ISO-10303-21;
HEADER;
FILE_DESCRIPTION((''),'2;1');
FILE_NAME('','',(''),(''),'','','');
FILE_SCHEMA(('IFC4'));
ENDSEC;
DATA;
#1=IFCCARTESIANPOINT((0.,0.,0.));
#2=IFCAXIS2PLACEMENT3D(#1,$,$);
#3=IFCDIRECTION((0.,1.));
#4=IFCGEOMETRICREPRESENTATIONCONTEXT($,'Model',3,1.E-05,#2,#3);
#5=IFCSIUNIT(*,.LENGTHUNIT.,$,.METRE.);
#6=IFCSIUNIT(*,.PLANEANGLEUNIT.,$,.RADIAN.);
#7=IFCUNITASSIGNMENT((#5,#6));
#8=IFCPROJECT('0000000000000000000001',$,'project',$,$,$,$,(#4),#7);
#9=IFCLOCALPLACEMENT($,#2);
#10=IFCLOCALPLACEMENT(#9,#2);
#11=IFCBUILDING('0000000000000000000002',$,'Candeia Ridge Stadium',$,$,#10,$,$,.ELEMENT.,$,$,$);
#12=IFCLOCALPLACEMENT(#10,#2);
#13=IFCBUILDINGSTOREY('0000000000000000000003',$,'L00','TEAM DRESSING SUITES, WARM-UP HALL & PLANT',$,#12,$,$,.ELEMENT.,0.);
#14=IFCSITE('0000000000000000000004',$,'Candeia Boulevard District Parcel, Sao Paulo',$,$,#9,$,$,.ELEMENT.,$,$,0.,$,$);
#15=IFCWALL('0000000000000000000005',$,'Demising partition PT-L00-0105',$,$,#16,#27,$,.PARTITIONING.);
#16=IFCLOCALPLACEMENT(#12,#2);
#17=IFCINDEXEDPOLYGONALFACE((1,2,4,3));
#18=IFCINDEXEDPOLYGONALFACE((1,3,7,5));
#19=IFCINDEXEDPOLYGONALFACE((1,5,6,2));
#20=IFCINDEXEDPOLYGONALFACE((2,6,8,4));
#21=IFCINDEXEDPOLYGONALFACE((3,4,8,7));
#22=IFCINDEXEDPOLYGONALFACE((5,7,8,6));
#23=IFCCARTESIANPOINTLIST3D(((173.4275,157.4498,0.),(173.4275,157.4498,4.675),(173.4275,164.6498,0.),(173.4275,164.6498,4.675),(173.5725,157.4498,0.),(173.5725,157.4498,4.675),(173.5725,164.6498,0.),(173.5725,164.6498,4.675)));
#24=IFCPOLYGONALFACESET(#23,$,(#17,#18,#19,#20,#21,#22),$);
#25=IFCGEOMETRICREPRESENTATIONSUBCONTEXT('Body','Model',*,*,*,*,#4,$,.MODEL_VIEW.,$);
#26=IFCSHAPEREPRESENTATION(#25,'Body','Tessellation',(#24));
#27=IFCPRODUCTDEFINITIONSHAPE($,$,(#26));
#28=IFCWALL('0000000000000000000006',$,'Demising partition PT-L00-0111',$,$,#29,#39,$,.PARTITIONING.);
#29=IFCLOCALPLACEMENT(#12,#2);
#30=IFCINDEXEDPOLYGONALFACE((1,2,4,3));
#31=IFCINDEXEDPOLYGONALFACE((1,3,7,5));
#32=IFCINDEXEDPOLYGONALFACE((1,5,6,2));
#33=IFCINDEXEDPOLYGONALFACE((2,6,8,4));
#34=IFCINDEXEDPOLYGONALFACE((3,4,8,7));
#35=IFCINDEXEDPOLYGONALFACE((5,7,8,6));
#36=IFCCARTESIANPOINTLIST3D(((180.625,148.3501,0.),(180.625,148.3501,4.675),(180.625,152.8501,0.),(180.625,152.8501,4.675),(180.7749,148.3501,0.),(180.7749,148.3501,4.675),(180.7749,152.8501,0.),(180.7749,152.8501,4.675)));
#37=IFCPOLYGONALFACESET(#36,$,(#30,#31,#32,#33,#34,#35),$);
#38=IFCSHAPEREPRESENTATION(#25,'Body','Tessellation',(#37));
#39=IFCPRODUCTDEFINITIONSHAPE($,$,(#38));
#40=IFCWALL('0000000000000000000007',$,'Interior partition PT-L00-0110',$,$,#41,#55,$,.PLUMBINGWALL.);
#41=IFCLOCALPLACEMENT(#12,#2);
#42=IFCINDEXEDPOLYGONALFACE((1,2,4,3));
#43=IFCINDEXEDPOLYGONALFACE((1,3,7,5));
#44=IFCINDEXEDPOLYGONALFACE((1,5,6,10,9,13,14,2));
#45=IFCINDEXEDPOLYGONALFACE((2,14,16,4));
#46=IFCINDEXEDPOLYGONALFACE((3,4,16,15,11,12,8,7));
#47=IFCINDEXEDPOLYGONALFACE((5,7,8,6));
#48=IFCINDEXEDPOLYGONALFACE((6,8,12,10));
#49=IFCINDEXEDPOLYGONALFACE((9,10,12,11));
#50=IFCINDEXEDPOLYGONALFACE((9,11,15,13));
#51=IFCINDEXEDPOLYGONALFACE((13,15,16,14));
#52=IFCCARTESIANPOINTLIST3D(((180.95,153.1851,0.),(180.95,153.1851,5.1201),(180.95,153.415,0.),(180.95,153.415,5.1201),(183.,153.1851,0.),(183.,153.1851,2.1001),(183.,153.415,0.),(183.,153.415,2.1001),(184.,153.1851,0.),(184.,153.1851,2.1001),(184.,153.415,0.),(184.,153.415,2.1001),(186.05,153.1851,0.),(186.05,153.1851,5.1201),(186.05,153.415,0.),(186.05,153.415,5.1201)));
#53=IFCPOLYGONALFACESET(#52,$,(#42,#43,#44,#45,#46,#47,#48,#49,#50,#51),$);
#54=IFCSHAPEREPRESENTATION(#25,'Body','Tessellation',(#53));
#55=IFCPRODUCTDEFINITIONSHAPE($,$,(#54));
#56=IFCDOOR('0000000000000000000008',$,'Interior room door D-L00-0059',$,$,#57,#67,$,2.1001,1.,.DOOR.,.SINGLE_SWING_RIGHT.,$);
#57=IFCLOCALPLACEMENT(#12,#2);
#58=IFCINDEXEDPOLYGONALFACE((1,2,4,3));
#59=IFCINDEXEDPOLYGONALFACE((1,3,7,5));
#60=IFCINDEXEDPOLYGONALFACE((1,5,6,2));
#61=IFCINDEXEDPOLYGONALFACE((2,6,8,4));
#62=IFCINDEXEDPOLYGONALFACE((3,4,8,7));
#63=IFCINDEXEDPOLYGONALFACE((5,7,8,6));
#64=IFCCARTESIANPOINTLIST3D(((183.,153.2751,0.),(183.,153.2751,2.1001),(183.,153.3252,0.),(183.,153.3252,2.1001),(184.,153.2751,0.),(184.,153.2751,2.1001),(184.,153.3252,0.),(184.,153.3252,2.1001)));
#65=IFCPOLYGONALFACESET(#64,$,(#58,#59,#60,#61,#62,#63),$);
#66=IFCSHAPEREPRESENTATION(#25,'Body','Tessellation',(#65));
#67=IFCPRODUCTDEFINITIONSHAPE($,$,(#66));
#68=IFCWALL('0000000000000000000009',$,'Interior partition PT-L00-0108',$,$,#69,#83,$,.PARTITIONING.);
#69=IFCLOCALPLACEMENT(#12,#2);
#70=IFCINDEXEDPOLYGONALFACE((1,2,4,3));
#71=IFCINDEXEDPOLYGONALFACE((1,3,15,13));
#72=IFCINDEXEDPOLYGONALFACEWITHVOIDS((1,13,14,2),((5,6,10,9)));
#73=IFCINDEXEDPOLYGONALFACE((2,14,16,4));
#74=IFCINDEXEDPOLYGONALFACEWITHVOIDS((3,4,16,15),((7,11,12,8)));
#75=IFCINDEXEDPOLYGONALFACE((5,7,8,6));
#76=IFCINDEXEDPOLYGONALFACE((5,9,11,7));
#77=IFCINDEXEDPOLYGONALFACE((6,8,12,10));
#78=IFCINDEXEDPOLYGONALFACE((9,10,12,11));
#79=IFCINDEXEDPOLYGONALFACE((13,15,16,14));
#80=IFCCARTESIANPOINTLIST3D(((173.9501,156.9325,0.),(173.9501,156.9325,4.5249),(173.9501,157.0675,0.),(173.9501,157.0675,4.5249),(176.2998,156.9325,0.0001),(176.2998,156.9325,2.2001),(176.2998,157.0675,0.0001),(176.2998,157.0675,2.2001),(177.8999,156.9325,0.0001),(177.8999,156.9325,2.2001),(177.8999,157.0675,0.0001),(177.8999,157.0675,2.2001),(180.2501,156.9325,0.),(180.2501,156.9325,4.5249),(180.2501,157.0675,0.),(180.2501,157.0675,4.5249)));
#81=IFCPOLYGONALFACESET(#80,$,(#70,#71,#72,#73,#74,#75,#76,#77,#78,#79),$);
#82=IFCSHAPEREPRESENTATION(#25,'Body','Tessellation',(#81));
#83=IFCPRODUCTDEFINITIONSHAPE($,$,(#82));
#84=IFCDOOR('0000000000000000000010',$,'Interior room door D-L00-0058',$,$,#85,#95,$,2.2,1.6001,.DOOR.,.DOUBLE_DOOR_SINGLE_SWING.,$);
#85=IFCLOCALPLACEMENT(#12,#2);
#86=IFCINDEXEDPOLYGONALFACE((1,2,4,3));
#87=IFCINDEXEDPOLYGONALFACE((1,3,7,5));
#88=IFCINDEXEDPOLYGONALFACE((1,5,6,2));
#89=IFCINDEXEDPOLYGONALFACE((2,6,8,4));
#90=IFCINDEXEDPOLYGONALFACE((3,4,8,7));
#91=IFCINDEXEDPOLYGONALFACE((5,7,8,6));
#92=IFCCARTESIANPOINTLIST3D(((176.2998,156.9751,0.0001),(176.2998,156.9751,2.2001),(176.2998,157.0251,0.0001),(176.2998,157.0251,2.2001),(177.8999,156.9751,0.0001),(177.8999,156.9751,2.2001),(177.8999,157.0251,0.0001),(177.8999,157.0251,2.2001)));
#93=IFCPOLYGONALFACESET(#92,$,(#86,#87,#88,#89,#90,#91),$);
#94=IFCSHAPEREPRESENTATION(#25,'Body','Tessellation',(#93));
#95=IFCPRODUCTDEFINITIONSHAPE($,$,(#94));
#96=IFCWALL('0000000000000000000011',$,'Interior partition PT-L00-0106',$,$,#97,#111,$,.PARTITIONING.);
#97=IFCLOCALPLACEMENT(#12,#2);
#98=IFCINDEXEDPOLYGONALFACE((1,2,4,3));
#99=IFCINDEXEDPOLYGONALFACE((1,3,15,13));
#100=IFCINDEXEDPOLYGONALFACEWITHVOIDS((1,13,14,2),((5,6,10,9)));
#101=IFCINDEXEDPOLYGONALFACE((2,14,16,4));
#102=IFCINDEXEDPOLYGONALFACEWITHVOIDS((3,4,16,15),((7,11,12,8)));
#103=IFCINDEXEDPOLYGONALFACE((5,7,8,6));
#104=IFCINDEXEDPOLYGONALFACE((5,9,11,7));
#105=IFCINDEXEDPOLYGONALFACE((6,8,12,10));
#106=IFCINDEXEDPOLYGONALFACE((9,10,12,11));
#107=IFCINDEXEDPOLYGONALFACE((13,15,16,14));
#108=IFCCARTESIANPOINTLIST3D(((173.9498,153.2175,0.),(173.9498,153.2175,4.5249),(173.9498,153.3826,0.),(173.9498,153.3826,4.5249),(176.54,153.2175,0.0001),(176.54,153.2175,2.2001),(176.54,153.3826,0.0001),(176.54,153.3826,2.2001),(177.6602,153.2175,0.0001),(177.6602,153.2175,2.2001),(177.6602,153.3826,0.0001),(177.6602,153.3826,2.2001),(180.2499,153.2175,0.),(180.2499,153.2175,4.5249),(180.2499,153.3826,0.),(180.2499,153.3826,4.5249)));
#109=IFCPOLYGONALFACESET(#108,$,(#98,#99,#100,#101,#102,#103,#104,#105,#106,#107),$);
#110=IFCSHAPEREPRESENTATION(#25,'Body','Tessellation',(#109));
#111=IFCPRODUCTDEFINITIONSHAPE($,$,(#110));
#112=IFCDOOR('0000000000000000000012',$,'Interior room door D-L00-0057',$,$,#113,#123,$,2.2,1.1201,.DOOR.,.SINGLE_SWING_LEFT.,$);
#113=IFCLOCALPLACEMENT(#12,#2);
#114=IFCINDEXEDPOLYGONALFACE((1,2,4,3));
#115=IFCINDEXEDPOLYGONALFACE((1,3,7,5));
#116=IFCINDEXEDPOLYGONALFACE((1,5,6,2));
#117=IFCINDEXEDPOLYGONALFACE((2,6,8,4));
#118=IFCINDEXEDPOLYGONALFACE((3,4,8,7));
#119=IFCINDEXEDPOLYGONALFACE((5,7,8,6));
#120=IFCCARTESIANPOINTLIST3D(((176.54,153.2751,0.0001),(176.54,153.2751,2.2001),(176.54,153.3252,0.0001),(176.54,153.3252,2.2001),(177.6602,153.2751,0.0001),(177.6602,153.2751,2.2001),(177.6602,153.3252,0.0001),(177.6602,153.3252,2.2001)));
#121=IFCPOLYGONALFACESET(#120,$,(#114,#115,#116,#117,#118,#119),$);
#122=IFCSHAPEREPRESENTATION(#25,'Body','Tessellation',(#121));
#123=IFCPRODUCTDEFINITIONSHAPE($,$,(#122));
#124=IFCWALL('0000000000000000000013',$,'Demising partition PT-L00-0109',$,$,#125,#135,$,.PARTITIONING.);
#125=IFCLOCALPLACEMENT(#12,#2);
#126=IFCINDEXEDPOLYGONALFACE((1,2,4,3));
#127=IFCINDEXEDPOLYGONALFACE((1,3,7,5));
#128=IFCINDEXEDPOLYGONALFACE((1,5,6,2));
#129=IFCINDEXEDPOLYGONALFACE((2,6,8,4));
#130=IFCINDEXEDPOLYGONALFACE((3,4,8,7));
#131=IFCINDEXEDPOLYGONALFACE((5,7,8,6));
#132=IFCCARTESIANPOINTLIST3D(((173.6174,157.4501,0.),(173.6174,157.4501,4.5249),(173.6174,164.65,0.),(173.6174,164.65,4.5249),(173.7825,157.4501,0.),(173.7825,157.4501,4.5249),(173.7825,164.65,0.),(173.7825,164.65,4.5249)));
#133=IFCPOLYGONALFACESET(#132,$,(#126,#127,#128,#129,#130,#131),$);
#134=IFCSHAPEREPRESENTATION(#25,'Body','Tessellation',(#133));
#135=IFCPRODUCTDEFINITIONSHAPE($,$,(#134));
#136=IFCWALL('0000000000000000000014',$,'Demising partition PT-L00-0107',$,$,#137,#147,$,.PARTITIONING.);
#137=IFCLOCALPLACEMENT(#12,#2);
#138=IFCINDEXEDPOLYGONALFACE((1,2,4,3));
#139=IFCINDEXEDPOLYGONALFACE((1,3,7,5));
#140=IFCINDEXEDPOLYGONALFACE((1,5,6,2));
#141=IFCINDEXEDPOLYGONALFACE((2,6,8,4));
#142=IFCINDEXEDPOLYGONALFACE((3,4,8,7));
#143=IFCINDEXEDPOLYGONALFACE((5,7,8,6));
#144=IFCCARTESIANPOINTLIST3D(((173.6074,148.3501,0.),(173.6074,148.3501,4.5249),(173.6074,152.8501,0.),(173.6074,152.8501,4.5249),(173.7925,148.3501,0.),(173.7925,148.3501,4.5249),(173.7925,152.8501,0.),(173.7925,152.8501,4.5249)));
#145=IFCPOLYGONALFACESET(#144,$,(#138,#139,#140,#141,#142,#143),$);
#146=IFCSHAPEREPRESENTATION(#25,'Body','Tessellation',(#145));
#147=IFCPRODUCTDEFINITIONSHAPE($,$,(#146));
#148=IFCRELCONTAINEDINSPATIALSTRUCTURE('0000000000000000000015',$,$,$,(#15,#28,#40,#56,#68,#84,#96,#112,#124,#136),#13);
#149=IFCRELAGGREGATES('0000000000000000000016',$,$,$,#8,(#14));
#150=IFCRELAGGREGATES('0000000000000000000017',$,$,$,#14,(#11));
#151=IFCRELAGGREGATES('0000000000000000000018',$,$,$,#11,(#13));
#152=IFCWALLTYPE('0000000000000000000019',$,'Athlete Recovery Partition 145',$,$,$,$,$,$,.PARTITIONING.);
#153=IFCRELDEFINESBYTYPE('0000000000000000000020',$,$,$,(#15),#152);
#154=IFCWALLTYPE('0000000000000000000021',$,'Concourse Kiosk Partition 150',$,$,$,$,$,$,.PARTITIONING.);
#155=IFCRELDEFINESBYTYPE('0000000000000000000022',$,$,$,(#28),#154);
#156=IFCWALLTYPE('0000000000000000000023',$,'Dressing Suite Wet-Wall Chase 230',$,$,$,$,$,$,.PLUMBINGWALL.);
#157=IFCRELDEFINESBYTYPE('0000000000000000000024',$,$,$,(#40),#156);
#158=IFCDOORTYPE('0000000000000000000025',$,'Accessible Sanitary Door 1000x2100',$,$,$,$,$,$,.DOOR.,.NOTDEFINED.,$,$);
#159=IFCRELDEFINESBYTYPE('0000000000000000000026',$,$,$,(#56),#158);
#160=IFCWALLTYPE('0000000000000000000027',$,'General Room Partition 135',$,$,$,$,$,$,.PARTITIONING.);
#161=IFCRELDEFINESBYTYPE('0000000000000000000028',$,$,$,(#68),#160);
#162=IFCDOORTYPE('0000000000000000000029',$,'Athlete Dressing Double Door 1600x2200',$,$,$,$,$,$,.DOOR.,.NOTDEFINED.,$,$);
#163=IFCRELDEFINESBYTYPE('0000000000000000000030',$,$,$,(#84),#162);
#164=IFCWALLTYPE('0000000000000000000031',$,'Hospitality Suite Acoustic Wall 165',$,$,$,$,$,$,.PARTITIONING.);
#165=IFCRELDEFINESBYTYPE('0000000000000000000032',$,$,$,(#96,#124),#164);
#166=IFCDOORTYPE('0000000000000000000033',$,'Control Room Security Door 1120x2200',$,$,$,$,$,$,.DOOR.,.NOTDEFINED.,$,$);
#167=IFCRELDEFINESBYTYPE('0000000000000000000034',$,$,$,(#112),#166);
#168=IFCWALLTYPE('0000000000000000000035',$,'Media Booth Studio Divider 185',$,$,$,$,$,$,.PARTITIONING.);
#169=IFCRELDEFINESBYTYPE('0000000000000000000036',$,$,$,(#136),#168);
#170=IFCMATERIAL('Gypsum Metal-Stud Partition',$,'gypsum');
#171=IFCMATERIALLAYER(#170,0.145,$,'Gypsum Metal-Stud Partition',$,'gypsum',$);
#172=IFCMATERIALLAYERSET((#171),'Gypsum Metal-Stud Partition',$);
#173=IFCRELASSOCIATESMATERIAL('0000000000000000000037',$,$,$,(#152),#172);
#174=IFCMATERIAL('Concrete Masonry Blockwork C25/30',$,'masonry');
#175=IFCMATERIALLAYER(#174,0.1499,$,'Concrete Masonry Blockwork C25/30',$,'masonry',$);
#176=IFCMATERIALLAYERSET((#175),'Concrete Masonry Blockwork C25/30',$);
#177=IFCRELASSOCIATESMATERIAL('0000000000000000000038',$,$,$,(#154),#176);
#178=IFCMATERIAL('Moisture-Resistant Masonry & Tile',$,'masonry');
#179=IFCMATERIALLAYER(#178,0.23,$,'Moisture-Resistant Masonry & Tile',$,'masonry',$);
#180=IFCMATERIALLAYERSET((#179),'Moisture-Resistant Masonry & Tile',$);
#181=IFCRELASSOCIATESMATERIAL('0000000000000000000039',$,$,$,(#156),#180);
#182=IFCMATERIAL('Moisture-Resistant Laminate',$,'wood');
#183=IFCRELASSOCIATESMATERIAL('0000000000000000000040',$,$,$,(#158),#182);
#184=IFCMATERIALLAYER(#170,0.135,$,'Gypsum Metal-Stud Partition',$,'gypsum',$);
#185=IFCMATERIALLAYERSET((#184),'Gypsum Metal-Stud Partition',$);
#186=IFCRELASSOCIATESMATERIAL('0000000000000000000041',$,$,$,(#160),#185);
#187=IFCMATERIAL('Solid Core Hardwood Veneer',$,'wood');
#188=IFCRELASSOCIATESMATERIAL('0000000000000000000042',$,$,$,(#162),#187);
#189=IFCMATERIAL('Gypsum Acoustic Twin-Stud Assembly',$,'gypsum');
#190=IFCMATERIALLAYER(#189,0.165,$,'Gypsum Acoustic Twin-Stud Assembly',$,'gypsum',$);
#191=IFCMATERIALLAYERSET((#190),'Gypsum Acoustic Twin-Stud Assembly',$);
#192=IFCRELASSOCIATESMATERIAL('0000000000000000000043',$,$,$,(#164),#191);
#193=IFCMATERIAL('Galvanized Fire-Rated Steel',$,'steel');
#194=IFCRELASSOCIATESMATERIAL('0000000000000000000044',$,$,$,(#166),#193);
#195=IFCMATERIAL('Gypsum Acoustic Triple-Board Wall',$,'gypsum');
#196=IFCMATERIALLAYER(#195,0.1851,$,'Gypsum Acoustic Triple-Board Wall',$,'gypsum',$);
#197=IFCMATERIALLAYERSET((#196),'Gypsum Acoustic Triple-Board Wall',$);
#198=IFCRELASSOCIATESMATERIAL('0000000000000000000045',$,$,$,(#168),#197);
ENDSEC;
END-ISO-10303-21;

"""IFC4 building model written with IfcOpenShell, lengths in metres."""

from ifc_helpers import new_model, si_unit, direction, frame, frame_2d, origin, place, context, subcontext, project, spatial, rectangle, extrude, material, layer, layer_set, type_object, element, fill, save


model = new_model("IFC4")

# Units and contexts
model_context = context("Model", 3, precision=1e-05, world=origin(), true_north=direction((0.0, 1.0)))
body_context = subcontext(model_context, "Body", "Model", "MODEL_VIEW")
ifc_project = project(units=[si_unit("LENGTHUNIT", "METRE"), si_unit("PLANEANGLEUNIT", "RADIAN")], contexts=[model_context])

# Site, building, storey
site_placement = place(None, origin())
site = spatial("IfcSite", under=ifc_project, at=site_placement, Name="Candeia Boulevard District Parcel, Sao Paulo", CompositionType="ELEMENT", RefElevation=0.0)
building_placement = place(site_placement, origin())
building = spatial("IfcBuilding", under=site, at=building_placement, Name="Candeia Ridge Stadium", CompositionType="ELEMENT")
storey_placement = place(building_placement, origin())
storey = spatial("IfcBuildingStorey", under=building, at=storey_placement, Name="L00", Description="TEAM DRESSING SUITES, WARM-UP HALL & PLANT", CompositionType="ELEMENT", Elevation=0.0)

# Walls
ifc_material_1 = material(Name="Gypsum Metal-Stud Partition", Category="gypsum")
ifc_layer_1 = layer(ifc_material_1, 0.145, Name="Gypsum Metal-Stud Partition", Category="gypsum")
ifc_layer_set_1 = layer_set([ifc_layer_1], Name="Gypsum Metal-Stud Partition")
wall_type_1 = type_object("IfcWallType", Name="Athlete Recovery Partition 145", PredefinedType="PARTITIONING", material=ifc_layer_set_1)
wall_1_placement = place(storey_placement, frame((173.5, 164.6499, 0.0), z_axis=(0.0, 0.0, 1.0), x_axis=(0.0, -1.0, 0.0)))
element("IfcWall", 1, at=wall_1_placement, inside=storey, type_object=wall_type_1, Name="Demising partition PT-L00-0105", PredefinedType="PARTITIONING", context=body_context, shape_type="SweptSolid", body=[
    extrude(rectangle(XDim=7.2, YDim=0.145, at=frame_2d((3.6001, 0.0))), origin(), (0.0, 0.0, 1.0), 4.675),
])
ifc_material_2 = material(Name="Concrete Masonry Blockwork C25/30", Category="masonry")
ifc_layer_2 = layer(ifc_material_2, 0.1499, Name="Concrete Masonry Blockwork C25/30", Category="masonry")
ifc_layer_set_2 = layer_set([ifc_layer_2], Name="Concrete Masonry Blockwork C25/30")
wall_type_2 = type_object("IfcWallType", Name="Concourse Kiosk Partition 150", PredefinedType="PARTITIONING", material=ifc_layer_set_2)
wall_2_placement = place(storey_placement, frame((180.7, 148.3501, 0.0), z_axis=(0.0, 0.0, 1.0), x_axis=(0.0, 1.0, 0.0)))
element("IfcWall", 2, at=wall_2_placement, inside=storey, type_object=wall_type_2, Name="Demising partition PT-L00-0111", PredefinedType="PARTITIONING", context=body_context, shape_type="SweptSolid", body=[
    extrude(rectangle(XDim=4.5, YDim=0.1499, at=frame_2d((2.25, 0.0))), origin(), (0.0, 0.0, 1.0), 4.675),
])

# Walls, openings, doors
ifc_material_3 = material(Name="Moisture-Resistant Masonry & Tile", Category="masonry")
ifc_layer_3 = layer(ifc_material_3, 0.23, Name="Moisture-Resistant Masonry & Tile", Category="masonry")
ifc_layer_set_3 = layer_set([ifc_layer_3], Name="Moisture-Resistant Masonry & Tile")
wall_type_3 = type_object("IfcWallType", Name="Dressing Suite Wet-Wall Chase 230", PredefinedType="PLUMBINGWALL", material=ifc_layer_set_3)
wall_3_placement = place(storey_placement, frame((180.95, 153.3, 0.0), z_axis=(0.0, 0.0, 1.0), x_axis=(1.0, 0.0, 0.0)))
wall_3 = element("IfcWall", 3, at=wall_3_placement, inside=storey, type_object=wall_type_3, Name="Interior partition PT-L00-0110", PredefinedType="PLUMBINGWALL", context=body_context, shape_type="SweptSolid", body=[
    extrude(rectangle(XDim=5.1001, YDim=0.23, at=frame_2d((2.55, 0.0))), origin(), (0.0, 0.0, 1.0), 5.1201),
])
opening_1_placement = place(wall_3_placement, frame((2.05, 0.0, 0.0)))
opening_1 = element("IfcOpeningElement", 4, at=opening_1_placement, cuts=wall_3, PredefinedType="OPENING", context=body_context, shape_type="SweptSolid", body=[
    extrude(rectangle(XDim=1.0, YDim=2.1001, at=frame_2d((0.5, 1.05))), frame((0.0, 0.125, 0.0), z_axis=(0.0, -1.0, 0.0), x_axis=(1.0, 0.0, 0.0)), (0.0, 0.0, 1.0), 0.25),
])
ifc_material_4 = material(Name="Moisture-Resistant Laminate", Category="wood")
door_type_1 = type_object("IfcDoorType", Name="Accessible Sanitary Door 1000x2100", OperationType="NOTDEFINED", PredefinedType="DOOR", material=ifc_material_4)
door_1_placement = place(opening_1_placement, frame((1.0, 0.0, 0.0), z_axis=(0.0, 0.0, 1.0), x_axis=(-1.0, 0.0, 0.0)))
door_1 = element("IfcDoor", 5, at=door_1_placement, inside=storey, type_object=door_type_1, Name="Interior room door D-L00-0059", OperationType="SINGLE_SWING_RIGHT", OverallHeight=2.1001, OverallWidth=1.0, PredefinedType="DOOR", context=body_context, shape_type="SweptSolid", body=[
    extrude(rectangle(XDim=1.0, YDim=2.1001, at=frame_2d((0.5, 1.05))), frame((0.0, 0.0249, 0.0), z_axis=(0.0, -1.0, 0.0), x_axis=(1.0, 0.0, 0.0)), (0.0, 0.0, 1.0), 0.05),
])
fill(opening_1, door_1)
ifc_layer_4 = layer(ifc_material_1, 0.135, Name="Gypsum Metal-Stud Partition", Category="gypsum")
ifc_layer_set_4 = layer_set([ifc_layer_4], Name="Gypsum Metal-Stud Partition")
wall_type_4 = type_object("IfcWallType", Name="General Room Partition 135", PredefinedType="PARTITIONING", material=ifc_layer_set_4)
wall_4_placement = place(storey_placement, frame((180.25, 157.0, 0.0), z_axis=(0.0, 0.0, 1.0), x_axis=(-1.0, 0.0, 0.0)))
wall_4 = element("IfcWall", 6, at=wall_4_placement, inside=storey, type_object=wall_type_4, Name="Interior partition PT-L00-0108", PredefinedType="PARTITIONING", context=body_context, shape_type="SweptSolid", body=[
    extrude(rectangle(XDim=6.3, YDim=0.135, at=frame_2d((3.1499, 0.0))), origin(), (0.0, 0.0, 1.0), 4.5249),
])
opening_2_placement = place(wall_4_placement, frame((2.3501, 0.0, 0.0)))
opening_2 = element("IfcOpeningElement", 7, at=opening_2_placement, cuts=wall_4, PredefinedType="OPENING", context=body_context, shape_type="SweptSolid", body=[
    extrude(rectangle(XDim=1.6001, YDim=2.2, at=frame_2d((0.8, 1.1001))), frame((0.0, 0.0774, 0.0), z_axis=(0.0, -1.0, 0.0), x_axis=(1.0, 0.0, 0.0)), (0.0, 0.0, 1.0), 0.155),
])
ifc_material_5 = material(Name="Solid Core Hardwood Veneer", Category="wood")
door_type_2 = type_object("IfcDoorType", Name="Athlete Dressing Double Door 1600x2200", OperationType="NOTDEFINED", PredefinedType="DOOR", material=ifc_material_5)
door_2_placement = place(opening_2_placement, origin())
door_2 = element("IfcDoor", 8, at=door_2_placement, inside=storey, type_object=door_type_2, Name="Interior room door D-L00-0058", OperationType="DOUBLE_DOOR_SINGLE_SWING", OverallHeight=2.2, OverallWidth=1.6001, PredefinedType="DOOR", context=body_context, shape_type="SweptSolid", body=[
    extrude(rectangle(XDim=1.6001, YDim=2.2, at=frame_2d((0.8, 1.1001))), frame((0.0, 0.0249, 0.0), z_axis=(0.0, -1.0, 0.0), x_axis=(1.0, 0.0, 0.0)), (0.0, 0.0, 1.0), 0.05),
])
fill(opening_2, door_2)
ifc_material_6 = material(Name="Gypsum Acoustic Twin-Stud Assembly", Category="gypsum")
ifc_layer_5 = layer(ifc_material_6, 0.165, Name="Gypsum Acoustic Twin-Stud Assembly", Category="gypsum")
ifc_layer_set_5 = layer_set([ifc_layer_5], Name="Gypsum Acoustic Twin-Stud Assembly")
wall_type_5 = type_object("IfcWallType", Name="Hospitality Suite Acoustic Wall 165", PredefinedType="PARTITIONING", material=ifc_layer_set_5)
wall_5_placement = place(storey_placement, frame((173.95, 153.3, 0.0), z_axis=(0.0, 0.0, 1.0), x_axis=(1.0, 0.0, 0.0)))
wall_5 = element("IfcWall", 9, at=wall_5_placement, inside=storey, type_object=wall_type_5, Name="Interior partition PT-L00-0106", PredefinedType="PARTITIONING", context=body_context, shape_type="SweptSolid", body=[
    extrude(rectangle(XDim=6.3, YDim=0.165, at=frame_2d((3.1499, 0.0))), origin(), (0.0, 0.0, 1.0), 4.5249),
])
opening_3_placement = place(wall_5_placement, frame((2.5901, 0.0, 0.0)))
opening_3 = element("IfcOpeningElement", 10, at=opening_3_placement, cuts=wall_5, PredefinedType="OPENING", context=body_context, shape_type="SweptSolid", body=[
    extrude(rectangle(XDim=1.1201, YDim=2.2, at=frame_2d((0.5601, 1.1001))), frame((0.0, 0.0925, 0.0), z_axis=(0.0, -1.0, 0.0), x_axis=(1.0, 0.0, 0.0)), (0.0, 0.0, 1.0), 0.1851),
])
ifc_material_7 = material(Name="Galvanized Fire-Rated Steel", Category="steel")
door_type_3 = type_object("IfcDoorType", Name="Control Room Security Door 1120x2200", OperationType="NOTDEFINED", PredefinedType="DOOR", material=ifc_material_7)
door_3_placement = place(opening_3_placement, frame((1.1201, 0.0, 0.0), z_axis=(0.0, 0.0, 1.0), x_axis=(-1.0, 0.0, 0.0)))
door_3 = element("IfcDoor", 11, at=door_3_placement, inside=storey, type_object=door_type_3, Name="Interior room door D-L00-0057", OperationType="SINGLE_SWING_LEFT", OverallHeight=2.2, OverallWidth=1.1201, PredefinedType="DOOR", context=body_context, shape_type="SweptSolid", body=[
    extrude(rectangle(XDim=1.1201, YDim=2.2, at=frame_2d((0.5601, 1.1001))), frame((0.0, 0.0249, 0.0), z_axis=(0.0, -1.0, 0.0), x_axis=(1.0, 0.0, 0.0)), (0.0, 0.0, 1.0), 0.05),
])
fill(opening_3, door_3)

# Walls
wall_6_placement = place(storey_placement, frame((173.7, 157.45, 0.0), z_axis=(0.0, 0.0, 1.0), x_axis=(0.0, 1.0, 0.0)))
element("IfcWall", 12, at=wall_6_placement, inside=storey, type_object=wall_type_5, Name="Demising partition PT-L00-0109", PredefinedType="PARTITIONING", context=body_context, shape_type="SweptSolid", body=[
    extrude(rectangle(XDim=7.2, YDim=0.165, at=frame_2d((3.6001, 0.0))), origin(), (0.0, 0.0, 1.0), 4.5249),
])
ifc_material_8 = material(Name="Gypsum Acoustic Triple-Board Wall", Category="gypsum")
ifc_layer_6 = layer(ifc_material_8, 0.1851, Name="Gypsum Acoustic Triple-Board Wall", Category="gypsum")
ifc_layer_set_6 = layer_set([ifc_layer_6], Name="Gypsum Acoustic Triple-Board Wall")
wall_type_6 = type_object("IfcWallType", Name="Media Booth Studio Divider 185", PredefinedType="PARTITIONING", material=ifc_layer_set_6)
wall_7_placement = place(storey_placement, frame((173.7, 148.3501, 0.0), z_axis=(0.0, 0.0, 1.0), x_axis=(0.0, 1.0, 0.0)))
element("IfcWall", 13, at=wall_7_placement, inside=storey, type_object=wall_type_6, Name="Demising partition PT-L00-0107", PredefinedType="PARTITIONING", context=body_context, shape_type="SweptSolid", body=[
    extrude(rectangle(XDim=4.5, YDim=0.1851, at=frame_2d((2.25, 0.0))), origin(), (0.0, 0.0, 1.0), 4.5249),
])

save(model, "model.ifc")
